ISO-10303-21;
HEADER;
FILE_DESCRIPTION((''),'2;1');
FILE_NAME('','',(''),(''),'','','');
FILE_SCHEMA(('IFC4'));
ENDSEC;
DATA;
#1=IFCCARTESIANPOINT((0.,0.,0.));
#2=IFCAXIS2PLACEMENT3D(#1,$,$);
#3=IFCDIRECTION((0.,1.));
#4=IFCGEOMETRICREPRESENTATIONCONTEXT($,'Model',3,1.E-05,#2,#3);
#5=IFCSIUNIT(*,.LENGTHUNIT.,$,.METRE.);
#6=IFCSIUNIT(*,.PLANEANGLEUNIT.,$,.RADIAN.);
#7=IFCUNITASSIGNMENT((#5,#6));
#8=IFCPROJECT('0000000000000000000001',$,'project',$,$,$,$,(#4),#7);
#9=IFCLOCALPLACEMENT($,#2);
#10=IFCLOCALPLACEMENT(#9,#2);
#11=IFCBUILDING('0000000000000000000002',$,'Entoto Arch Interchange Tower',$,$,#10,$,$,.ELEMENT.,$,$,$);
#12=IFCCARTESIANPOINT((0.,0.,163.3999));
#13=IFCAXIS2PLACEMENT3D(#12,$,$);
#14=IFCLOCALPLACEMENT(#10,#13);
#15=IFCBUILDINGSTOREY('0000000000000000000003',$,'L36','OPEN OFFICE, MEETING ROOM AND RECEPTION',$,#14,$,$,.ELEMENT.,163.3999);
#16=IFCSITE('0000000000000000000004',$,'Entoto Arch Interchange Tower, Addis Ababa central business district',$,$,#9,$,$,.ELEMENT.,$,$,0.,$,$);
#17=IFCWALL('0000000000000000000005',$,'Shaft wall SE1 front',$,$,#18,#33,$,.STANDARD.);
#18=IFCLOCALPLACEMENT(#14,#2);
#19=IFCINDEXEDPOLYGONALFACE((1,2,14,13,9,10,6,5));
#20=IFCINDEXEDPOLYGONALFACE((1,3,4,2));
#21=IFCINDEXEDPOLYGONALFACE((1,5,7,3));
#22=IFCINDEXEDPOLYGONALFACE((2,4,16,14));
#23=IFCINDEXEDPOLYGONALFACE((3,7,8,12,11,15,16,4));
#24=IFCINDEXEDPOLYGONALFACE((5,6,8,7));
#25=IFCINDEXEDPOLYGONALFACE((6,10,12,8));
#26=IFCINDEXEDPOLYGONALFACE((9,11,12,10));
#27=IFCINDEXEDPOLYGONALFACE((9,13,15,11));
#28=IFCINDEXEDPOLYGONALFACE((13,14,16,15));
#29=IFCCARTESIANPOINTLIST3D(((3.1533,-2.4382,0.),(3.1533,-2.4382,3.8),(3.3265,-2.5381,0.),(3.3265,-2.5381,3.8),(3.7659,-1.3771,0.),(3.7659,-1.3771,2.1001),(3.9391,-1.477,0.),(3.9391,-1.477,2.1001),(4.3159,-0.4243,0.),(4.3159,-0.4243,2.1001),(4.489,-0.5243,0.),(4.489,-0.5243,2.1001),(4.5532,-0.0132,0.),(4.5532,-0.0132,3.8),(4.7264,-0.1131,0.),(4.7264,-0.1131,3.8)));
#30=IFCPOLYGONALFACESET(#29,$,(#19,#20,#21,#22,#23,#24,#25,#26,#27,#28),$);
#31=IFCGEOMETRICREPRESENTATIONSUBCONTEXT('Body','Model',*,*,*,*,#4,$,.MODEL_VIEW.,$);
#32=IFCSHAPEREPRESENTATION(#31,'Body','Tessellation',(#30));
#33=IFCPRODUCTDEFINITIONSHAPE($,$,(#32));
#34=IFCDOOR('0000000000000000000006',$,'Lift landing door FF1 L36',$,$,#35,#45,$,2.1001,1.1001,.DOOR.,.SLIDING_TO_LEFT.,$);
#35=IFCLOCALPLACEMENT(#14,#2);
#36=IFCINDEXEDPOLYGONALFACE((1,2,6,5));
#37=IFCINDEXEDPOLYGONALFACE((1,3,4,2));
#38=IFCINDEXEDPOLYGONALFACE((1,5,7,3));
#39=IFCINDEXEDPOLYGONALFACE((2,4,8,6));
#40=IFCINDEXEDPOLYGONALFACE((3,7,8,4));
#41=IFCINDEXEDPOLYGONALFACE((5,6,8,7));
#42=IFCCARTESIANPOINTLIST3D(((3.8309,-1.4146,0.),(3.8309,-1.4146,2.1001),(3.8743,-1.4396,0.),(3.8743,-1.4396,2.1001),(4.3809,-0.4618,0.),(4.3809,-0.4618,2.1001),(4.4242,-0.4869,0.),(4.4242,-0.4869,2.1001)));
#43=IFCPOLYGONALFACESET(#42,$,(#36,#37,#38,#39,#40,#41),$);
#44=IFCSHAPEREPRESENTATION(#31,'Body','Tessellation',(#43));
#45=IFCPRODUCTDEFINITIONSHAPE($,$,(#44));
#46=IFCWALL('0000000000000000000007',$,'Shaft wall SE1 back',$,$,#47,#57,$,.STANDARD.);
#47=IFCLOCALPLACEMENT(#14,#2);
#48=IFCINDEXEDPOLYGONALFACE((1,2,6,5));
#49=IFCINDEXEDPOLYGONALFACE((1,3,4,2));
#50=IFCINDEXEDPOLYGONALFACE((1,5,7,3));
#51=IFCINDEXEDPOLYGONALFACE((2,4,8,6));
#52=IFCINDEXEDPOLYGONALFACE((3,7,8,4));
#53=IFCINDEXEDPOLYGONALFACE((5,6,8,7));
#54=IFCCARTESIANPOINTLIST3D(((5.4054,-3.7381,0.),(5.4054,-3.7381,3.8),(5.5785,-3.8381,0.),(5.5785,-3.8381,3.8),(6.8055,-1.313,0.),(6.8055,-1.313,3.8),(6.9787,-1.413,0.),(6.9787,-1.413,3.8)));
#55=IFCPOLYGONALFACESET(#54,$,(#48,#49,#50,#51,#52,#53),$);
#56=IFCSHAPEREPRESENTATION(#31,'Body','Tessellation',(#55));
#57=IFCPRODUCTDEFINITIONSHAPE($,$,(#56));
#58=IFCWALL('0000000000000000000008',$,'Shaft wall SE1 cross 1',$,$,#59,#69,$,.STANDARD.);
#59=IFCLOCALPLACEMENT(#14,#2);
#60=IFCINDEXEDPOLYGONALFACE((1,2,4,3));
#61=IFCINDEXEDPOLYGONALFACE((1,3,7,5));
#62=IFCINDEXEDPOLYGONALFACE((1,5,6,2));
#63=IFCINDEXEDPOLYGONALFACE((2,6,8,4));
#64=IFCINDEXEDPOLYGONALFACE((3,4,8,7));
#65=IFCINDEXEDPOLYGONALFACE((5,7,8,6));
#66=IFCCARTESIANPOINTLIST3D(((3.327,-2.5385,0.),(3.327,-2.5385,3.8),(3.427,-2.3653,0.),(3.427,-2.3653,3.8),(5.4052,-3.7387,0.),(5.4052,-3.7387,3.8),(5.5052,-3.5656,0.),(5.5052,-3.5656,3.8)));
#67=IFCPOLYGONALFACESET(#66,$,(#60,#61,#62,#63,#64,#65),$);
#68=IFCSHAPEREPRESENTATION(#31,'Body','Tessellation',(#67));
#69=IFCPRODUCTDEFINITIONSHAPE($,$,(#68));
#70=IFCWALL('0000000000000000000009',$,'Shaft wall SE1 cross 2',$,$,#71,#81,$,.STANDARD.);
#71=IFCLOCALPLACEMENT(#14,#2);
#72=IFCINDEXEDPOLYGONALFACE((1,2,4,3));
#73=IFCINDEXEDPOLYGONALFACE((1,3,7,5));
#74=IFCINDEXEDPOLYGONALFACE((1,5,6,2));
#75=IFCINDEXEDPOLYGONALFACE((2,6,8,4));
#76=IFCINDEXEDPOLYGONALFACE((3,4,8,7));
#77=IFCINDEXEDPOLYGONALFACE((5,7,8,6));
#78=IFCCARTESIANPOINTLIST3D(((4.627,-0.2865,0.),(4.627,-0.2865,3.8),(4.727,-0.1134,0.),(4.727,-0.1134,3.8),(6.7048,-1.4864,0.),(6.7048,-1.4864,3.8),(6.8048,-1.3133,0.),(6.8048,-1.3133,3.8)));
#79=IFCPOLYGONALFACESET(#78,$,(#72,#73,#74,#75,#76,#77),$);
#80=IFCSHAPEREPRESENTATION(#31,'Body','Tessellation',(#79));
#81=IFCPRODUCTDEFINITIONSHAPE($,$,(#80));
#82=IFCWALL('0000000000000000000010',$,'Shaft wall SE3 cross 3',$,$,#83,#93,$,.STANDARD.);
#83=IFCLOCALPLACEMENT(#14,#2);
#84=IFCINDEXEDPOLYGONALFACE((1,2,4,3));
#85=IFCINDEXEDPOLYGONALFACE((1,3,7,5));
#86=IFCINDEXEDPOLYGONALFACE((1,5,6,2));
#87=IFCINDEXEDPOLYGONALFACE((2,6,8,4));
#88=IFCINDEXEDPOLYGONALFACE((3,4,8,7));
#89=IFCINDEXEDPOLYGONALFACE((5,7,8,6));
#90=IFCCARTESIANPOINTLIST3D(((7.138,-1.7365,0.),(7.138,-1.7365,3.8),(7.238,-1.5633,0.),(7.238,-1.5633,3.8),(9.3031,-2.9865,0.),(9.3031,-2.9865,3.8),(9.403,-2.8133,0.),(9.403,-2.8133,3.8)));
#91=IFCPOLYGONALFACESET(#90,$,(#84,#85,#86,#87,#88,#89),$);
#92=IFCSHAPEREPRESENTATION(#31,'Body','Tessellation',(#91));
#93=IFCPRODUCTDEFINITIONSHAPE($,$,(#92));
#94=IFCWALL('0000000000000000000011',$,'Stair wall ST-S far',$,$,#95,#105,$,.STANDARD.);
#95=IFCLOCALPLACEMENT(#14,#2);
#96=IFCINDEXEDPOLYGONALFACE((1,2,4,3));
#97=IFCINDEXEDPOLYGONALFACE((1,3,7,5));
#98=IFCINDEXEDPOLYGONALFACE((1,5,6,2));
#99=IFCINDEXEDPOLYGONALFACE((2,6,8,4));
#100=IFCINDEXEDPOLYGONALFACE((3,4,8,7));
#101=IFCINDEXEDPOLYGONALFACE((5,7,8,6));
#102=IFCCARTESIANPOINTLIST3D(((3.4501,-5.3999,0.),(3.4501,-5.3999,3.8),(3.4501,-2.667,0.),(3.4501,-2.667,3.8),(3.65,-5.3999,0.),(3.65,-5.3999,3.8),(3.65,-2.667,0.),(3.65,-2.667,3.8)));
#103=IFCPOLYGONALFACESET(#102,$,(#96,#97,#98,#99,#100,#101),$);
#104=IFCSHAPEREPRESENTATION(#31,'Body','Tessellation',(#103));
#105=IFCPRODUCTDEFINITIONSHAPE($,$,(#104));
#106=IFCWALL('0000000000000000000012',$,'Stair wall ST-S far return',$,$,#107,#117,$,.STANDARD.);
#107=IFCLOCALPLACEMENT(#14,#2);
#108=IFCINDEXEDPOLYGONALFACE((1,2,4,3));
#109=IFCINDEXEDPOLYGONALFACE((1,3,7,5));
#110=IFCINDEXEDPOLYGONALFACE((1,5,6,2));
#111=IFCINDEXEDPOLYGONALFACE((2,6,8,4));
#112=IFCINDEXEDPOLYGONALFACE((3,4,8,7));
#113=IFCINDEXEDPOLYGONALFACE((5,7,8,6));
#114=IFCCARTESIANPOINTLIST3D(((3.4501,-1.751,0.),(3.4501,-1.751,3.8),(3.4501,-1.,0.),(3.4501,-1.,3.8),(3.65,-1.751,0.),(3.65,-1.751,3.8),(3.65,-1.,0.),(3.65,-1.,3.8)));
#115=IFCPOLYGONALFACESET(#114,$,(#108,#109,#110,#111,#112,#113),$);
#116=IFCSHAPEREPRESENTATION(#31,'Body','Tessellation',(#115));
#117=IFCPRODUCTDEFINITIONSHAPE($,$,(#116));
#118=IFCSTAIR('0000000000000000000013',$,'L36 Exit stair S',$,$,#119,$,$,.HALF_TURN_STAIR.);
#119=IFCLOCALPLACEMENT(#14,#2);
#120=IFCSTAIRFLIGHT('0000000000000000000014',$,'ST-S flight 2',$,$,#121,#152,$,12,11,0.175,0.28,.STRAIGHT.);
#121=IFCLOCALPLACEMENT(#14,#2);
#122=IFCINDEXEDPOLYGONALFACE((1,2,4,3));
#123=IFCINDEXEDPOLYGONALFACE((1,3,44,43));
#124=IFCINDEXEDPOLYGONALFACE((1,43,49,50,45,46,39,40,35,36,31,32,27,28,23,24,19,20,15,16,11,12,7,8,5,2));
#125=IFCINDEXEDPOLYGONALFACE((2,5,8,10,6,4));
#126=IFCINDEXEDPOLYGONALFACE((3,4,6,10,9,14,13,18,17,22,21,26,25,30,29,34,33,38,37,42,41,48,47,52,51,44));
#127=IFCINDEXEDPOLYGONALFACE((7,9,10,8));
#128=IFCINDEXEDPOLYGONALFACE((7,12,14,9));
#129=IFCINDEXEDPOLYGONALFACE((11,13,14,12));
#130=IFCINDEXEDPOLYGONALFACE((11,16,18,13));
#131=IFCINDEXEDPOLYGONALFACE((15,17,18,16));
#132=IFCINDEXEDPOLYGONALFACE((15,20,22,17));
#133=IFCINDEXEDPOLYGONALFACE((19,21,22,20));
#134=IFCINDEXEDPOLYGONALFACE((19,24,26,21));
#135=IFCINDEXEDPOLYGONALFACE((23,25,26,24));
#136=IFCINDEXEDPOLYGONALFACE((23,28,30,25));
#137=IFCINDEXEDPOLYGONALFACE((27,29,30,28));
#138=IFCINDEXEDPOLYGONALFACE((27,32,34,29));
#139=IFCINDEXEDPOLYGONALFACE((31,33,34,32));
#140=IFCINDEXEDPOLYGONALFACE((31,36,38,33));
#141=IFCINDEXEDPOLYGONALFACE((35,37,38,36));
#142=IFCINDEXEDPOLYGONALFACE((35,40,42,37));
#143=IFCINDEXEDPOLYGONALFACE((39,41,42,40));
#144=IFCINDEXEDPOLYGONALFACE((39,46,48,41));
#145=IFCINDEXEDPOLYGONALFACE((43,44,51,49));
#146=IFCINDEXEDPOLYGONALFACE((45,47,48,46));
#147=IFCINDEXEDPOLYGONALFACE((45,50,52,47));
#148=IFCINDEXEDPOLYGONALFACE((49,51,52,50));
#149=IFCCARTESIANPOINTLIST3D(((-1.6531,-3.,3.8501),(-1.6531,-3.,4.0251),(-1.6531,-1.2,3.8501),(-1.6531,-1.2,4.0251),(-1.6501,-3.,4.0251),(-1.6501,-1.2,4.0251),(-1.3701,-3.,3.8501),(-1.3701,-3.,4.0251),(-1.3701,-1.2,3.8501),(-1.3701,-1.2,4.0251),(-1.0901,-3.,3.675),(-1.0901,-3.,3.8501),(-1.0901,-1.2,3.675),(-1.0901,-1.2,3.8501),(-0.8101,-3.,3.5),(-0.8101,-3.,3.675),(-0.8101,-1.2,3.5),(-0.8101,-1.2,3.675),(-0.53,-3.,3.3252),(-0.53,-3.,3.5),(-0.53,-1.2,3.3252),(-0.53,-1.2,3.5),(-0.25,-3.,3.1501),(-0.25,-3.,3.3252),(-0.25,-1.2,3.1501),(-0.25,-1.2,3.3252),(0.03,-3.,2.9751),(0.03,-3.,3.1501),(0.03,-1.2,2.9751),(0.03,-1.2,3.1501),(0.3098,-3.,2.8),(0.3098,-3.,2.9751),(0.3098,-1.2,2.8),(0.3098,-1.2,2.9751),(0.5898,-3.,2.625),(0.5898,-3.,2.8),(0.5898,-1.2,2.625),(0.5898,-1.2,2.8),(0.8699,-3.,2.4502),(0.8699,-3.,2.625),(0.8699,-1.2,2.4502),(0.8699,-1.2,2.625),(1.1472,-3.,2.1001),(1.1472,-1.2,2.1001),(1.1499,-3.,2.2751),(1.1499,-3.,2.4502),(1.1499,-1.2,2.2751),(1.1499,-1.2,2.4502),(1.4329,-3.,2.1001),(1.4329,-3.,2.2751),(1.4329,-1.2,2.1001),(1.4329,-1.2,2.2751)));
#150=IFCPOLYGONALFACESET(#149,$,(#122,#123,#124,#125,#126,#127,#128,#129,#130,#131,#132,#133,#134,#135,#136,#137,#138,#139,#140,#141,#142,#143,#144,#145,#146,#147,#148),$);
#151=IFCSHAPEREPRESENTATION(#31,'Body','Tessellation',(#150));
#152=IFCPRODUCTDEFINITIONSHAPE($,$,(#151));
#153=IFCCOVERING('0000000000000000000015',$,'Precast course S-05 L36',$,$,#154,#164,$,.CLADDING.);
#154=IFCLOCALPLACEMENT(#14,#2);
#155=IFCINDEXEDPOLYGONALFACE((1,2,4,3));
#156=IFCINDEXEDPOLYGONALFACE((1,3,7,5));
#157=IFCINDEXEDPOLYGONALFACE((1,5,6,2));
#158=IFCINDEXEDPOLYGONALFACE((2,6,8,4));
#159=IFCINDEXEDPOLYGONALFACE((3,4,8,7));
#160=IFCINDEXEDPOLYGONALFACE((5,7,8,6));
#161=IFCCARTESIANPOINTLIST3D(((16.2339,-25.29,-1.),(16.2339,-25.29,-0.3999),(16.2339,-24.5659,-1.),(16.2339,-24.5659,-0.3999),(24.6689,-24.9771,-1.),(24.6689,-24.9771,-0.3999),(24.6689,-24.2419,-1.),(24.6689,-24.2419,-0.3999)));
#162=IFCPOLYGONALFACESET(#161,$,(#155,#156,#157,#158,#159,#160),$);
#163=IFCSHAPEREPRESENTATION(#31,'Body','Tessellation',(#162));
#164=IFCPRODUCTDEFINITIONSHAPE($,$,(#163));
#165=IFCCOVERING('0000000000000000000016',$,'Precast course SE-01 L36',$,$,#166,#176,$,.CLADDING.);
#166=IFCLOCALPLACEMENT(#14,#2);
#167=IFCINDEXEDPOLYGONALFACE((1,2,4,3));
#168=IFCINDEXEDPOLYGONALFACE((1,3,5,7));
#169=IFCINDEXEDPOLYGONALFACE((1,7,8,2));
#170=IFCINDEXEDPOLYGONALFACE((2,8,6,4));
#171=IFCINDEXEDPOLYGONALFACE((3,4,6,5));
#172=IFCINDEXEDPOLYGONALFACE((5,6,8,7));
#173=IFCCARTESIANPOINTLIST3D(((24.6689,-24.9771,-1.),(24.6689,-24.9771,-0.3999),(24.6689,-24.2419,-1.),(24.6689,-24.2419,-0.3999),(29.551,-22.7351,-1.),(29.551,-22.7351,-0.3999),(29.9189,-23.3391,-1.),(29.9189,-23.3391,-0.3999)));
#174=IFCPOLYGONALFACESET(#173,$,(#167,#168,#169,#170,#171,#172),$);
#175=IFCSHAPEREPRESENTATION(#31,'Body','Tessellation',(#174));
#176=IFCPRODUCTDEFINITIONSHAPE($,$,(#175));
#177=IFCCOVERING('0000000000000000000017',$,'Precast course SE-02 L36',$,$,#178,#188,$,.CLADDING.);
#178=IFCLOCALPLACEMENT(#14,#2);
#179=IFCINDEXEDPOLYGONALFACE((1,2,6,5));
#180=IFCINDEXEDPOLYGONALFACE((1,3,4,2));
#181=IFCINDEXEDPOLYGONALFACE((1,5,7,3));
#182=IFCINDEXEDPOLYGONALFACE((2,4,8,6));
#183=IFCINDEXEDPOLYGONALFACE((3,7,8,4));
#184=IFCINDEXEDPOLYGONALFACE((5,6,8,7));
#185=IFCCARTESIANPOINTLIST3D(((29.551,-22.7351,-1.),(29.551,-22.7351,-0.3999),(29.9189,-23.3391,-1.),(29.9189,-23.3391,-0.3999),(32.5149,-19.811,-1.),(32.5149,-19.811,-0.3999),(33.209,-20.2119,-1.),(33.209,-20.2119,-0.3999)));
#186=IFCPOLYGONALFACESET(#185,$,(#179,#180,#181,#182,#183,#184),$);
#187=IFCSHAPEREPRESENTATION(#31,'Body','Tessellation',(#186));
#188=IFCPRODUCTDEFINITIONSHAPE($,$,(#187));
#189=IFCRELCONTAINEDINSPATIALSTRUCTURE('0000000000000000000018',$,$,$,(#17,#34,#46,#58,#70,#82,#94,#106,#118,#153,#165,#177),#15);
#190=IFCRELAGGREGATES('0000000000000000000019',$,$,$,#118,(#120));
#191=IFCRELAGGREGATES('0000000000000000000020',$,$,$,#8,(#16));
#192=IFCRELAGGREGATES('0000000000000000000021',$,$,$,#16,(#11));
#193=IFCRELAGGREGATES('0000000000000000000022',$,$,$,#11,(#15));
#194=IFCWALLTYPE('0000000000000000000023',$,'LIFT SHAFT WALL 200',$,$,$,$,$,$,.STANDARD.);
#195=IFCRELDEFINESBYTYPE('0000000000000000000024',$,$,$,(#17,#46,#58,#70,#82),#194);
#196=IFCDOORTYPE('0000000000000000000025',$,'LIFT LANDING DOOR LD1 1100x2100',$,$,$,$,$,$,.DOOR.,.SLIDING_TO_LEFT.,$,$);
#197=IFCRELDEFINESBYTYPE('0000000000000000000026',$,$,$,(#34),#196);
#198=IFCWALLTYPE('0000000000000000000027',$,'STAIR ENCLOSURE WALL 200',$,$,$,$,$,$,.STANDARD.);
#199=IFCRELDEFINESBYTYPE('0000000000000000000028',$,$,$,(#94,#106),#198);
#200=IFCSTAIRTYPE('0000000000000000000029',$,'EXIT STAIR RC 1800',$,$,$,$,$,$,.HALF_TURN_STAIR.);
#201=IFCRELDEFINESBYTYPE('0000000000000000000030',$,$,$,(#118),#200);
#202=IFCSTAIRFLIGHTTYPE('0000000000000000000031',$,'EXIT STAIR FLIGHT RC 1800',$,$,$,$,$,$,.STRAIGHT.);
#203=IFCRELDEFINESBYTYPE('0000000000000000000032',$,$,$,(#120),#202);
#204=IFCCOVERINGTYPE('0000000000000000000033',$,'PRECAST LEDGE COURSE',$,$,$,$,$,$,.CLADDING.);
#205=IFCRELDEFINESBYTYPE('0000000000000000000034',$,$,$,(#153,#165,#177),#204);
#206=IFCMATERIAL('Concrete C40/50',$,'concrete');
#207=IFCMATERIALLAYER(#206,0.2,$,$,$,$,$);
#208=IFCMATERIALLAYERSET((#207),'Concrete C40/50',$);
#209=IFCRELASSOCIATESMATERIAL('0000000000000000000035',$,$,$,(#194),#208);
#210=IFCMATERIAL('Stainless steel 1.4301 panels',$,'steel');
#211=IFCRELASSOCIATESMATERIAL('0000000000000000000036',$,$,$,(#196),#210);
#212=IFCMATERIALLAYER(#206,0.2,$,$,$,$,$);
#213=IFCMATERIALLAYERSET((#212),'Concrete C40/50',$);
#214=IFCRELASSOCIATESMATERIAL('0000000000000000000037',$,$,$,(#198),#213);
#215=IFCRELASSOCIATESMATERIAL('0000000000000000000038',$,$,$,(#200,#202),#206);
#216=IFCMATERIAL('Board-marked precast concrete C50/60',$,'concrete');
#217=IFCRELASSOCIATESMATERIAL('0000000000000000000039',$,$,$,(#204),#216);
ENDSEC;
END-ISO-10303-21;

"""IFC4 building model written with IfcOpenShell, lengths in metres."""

from ifc_helpers import new_model, si_unit, direction, frame, frame_2d, origin, place, context, subcontext, project, spatial, polyline, rectangle, outline, extrude, material, layer, layer_set, type_object, element, fill, aggregate, save


model = new_model("IFC4")

# Units and contexts
model_context = context("Model", 3, precision=1e-05, world=origin(), true_north=direction((0.0, 1.0)))
body_context = subcontext(model_context, "Body", "Model", "MODEL_VIEW")
ifc_project = project(units=[si_unit("LENGTHUNIT", "METRE"), si_unit("PLANEANGLEUNIT", "RADIAN")], contexts=[model_context])

# Site, building, storey
site_placement = place(None, origin())
site = spatial("IfcSite", under=ifc_project, at=site_placement, Name="Entoto Arch Interchange Tower, Addis Ababa central business district", CompositionType="ELEMENT", RefElevation=0.0)
building_placement = place(site_placement, origin())
building = spatial("IfcBuilding", under=site, at=building_placement, Name="Entoto Arch Interchange Tower", CompositionType="ELEMENT")
storey_placement = place(building_placement, frame((0.0, 0.0, 163.3999)))
storey = spatial("IfcBuildingStorey", under=building, at=storey_placement, Name="L36", Description="OPEN OFFICE, MEETING ROOM AND RECEPTION", CompositionType="ELEMENT", Elevation=163.3999)

# Wall, opening, door
ifc_material_1 = material(Name="Concrete C40/50", Category="concrete")
ifc_layer_1 = layer(ifc_material_1, 0.2)
ifc_layer_set_1 = layer_set([ifc_layer_1], Name="Concrete C40/50")
wall_type_1 = type_object("IfcWallType", Name="LIFT SHAFT WALL 200", PredefinedType="STANDARD", material=ifc_layer_set_1)
wall_1_placement = place(storey_placement, frame((3.24, -2.488, 0.0), z_axis=(0.0, 0.0, 1.0), x_axis=(0.499946, 0.866056, 0.0)))
wall_1 = element("IfcWall", 1, at=wall_1_placement, inside=storey, type_object=wall_type_1, Name="Shaft wall SE1 front", PredefinedType="STANDARD", context=body_context, shape_type="SweptSolid", body=[
    extrude(rectangle(XDim=2.8, YDim=0.2, at=frame_2d((1.3999, 0.0))), origin(), (0.0, 0.0, 1.0), 3.8),
])
opening_placement = place(wall_1_placement, frame((1.2251, 0.0, 0.0)))
opening = element("IfcOpeningElement", 2, at=opening_placement, cuts=wall_1, PredefinedType="OPENING", context=body_context, shape_type="SweptSolid", body=[
    extrude(rectangle(XDim=1.1001, YDim=2.1001, at=frame_2d((0.55, 1.05))), frame((0.0, 0.1099, 0.0), z_axis=(0.0, -1.0, 0.0), x_axis=(1.0, 0.0, 0.0)), (0.0, 0.0, 1.0), 0.22),
])
ifc_material_2 = material(Name="Stainless steel 1.4301 panels", Category="steel")
door_type = type_object("IfcDoorType", Name="LIFT LANDING DOOR LD1 1100x2100", OperationType="SLIDING_TO_LEFT", PredefinedType="DOOR", material=ifc_material_2)
door_placement = place(opening_placement, origin())
door = element("IfcDoor", 3, at=door_placement, inside=storey, type_object=door_type, Name="Lift landing door FF1 L36", OperationType="SLIDING_TO_LEFT", OverallHeight=2.1001, OverallWidth=1.1001, PredefinedType="DOOR", context=body_context, shape_type="SweptSolid", body=[
    extrude(rectangle(XDim=1.1001, YDim=2.1001, at=frame_2d((0.55, 1.05))), frame((0.0, 0.0249, 0.0), z_axis=(0.0, -1.0, 0.0), x_axis=(1.0, 0.0, 0.0)), (0.0, 0.0, 1.0), 0.05),
])
fill(opening, door)

# Walls
wall_2_placement = place(storey_placement, frame((5.4919, -3.7881, 0.0), z_axis=(0.0, 0.0, 1.0), x_axis=(0.500012, 0.866019, 0.0)))
element("IfcWall", 4, at=wall_2_placement, inside=storey, type_object=wall_type_1, Name="Shaft wall SE1 back", PredefinedType="STANDARD", context=body_context, shape_type="SweptSolid", body=[
    extrude(rectangle(XDim=2.8003, YDim=0.2, at=frame_2d((1.4001, 0.0))), origin(), (0.0, 0.0, 1.0), 3.8),
])
wall_3_placement = place(storey_placement, frame((3.377, -2.4519, 0.0), z_axis=(0.0, 0.0, 1.0), x_axis=(0.865955, -0.500122, 0.0)))
element("IfcWall", 5, at=wall_3_placement, inside=storey, type_object=wall_type_1, Name="Shaft wall SE1 cross 1", PredefinedType="STANDARD", context=body_context, shape_type="SweptSolid", body=[
    extrude(rectangle(XDim=2.3999, YDim=0.2, at=frame_2d((1.2, 0.0))), origin(), (0.0, 0.0, 1.0), 3.8),
])
wall_4_placement = place(storey_placement, frame((4.677, -0.2, 0.0), z_axis=(0.0, 0.0, 1.0), x_axis=(0.865974, -0.500089, 0.0)))
element("IfcWall", 6, at=wall_4_placement, inside=storey, type_object=wall_type_1, Name="Shaft wall SE1 cross 2", PredefinedType="STANDARD", context=body_context, shape_type="SweptSolid", body=[
    extrude(rectangle(XDim=2.3994, YDim=0.2, at=frame_2d((1.1997, 0.0))), origin(), (0.0, 0.0, 1.0), 3.8),
])
wall_5_placement = place(storey_placement, frame((7.188, -1.6499, 0.0), z_axis=(0.0, 0.0, 1.0), x_axis=(0.866023, -0.500004, 0.0)))
element("IfcWall", 7, at=wall_5_placement, inside=storey, type_object=wall_type_1, Name="Shaft wall SE3 cross 3", PredefinedType="STANDARD", context=body_context, shape_type="SweptSolid", body=[
    extrude(rectangle(XDim=2.5, YDim=0.2, at=frame_2d((1.25, 0.0))), origin(), (0.0, 0.0, 1.0), 3.8),
])
ifc_layer_2 = layer(ifc_material_1, 0.2)
ifc_layer_set_2 = layer_set([ifc_layer_2], Name="Concrete C40/50")
wall_type_2 = type_object("IfcWallType", Name="STAIR ENCLOSURE WALL 200", PredefinedType="STANDARD", material=ifc_layer_set_2)
wall_6_placement = place(storey_placement, frame((3.55, -2.667, 0.0), z_axis=(0.0, 0.0, 1.0), x_axis=(0.0, -1.0, 0.0)))
element("IfcWall", 8, at=wall_6_placement, inside=storey, type_object=wall_type_2, Name="Stair wall ST-S far", PredefinedType="STANDARD", context=body_context, shape_type="SweptSolid", body=[
    extrude(rectangle(XDim=2.7329, YDim=0.2, at=frame_2d((1.3665, 0.0))), origin(), (0.0, 0.0, 1.0), 3.8),
])
wall_7_placement = place(storey_placement, frame((3.55, -1.0, 0.0), z_axis=(0.0, 0.0, 1.0), x_axis=(0.0, -1.0, 0.0)))
element("IfcWall", 9, at=wall_7_placement, inside=storey, type_object=wall_type_2, Name="Stair wall ST-S far return", PredefinedType="STANDARD", context=body_context, shape_type="SweptSolid", body=[
    extrude(rectangle(XDim=0.751, YDim=0.2, at=frame_2d((0.3755, 0.0))), origin(), (0.0, 0.0, 1.0), 3.8),
])

# Stair, stair flight
stair_type = type_object("IfcStairType", Name="EXIT STAIR RC 1800", PredefinedType="HALF_TURN_STAIR", material=ifc_material_1)
stair_placement = place(storey_placement, origin())
stair = element("IfcStair", 10, at=stair_placement, inside=storey, type_object=stair_type, Name="L36 Exit stair S", PredefinedType="HALF_TURN_STAIR")
stair_flight_type = type_object("IfcStairFlightType", Name="EXIT STAIR FLIGHT RC 1800", PredefinedType="STRAIGHT", material=ifc_material_1)
stair_flight_placement = place(storey_placement, frame((1.4299, -2.1001, 2.1001), z_axis=(0.0, 0.0, 1.0), x_axis=(-1.0, 0.0, 0.0)))
stair_flight = element("IfcStairFlight", 11, at=stair_flight_placement, type_object=stair_flight_type, Name="ST-S flight 2", NumberOfRisers=12, NumberOfTreads=11, PredefinedType="STRAIGHT", RiserHeight=0.175, TreadLength=0.28, context=body_context, shape_type="SweptSolid", body=[
    extrude(outline(polyline([(-0.0029, 0.0), (-0.0029, 0.175), (0.28, 0.175), (0.28, 0.3501), (0.5601, 0.3501), (0.5601, 0.5249), (0.8401, 0.5249), (0.8401, 0.7), (1.1201, 0.7), (1.1201, 0.875), (1.3999, 0.875), (1.3999, 1.05), (1.6799, 1.05), (1.6799, 1.2251), (1.96, 1.2251), (1.96, 1.3999), (2.24, 1.3999), (2.24, 1.575), (2.52, 1.575), (2.52, 1.75), (2.8, 1.75), (2.8, 1.925), (3.0801, 1.925), (3.083, 1.925), (3.083, 1.75), (0.2827, 0.0), (-0.0029, 0.0)])), frame((0.0, 0.8999, 0.0), z_axis=(0.0, -1.0, 0.0), x_axis=(1.0, 0.0, 0.0)), (0.0, 0.0, 1.0), 1.8),
])
aggregate(stair, [stair_flight])

# Coverings
ifc_material_3 = material(Name="Board-marked precast concrete C50/60", Category="concrete")
covering_type = type_object("IfcCoveringType", Name="PRECAST LEDGE COURSE", PredefinedType="CLADDING", material=ifc_material_3)
covering_1_placement = place(storey_placement, frame((0.0, 0.0, -1.0)))
element("IfcCovering", 12, at=covering_1_placement, inside=storey, type_object=covering_type, Name="Precast course S-05 L36", PredefinedType="CLADDING", context=body_context, shape_type="SweptSolid", body=[
    extrude(outline(polyline([(24.6689, -24.2419), (24.6689, -24.9771), (16.2339, -25.29), (16.2339, -24.5659), (24.6689, -24.2419)])), origin(), (0.0, 0.0, 1.0), 0.6001),
])
covering_2_placement = place(storey_placement, frame((0.0, 0.0, -1.0)))
element("IfcCovering", 13, at=covering_2_placement, inside=storey, type_object=covering_type, Name="Precast course SE-01 L36", PredefinedType="CLADDING", context=body_context, shape_type="SweptSolid", body=[
    extrude(outline(polyline([(29.551, -22.7351), (29.9189, -23.3391), (24.6689, -24.9771), (24.6689, -24.2419), (29.551, -22.7351)])), origin(), (0.0, 0.0, 1.0), 0.6001),
])
covering_3_placement = place(storey_placement, frame((0.0, 0.0, -1.0)))
element("IfcCovering", 14, at=covering_3_placement, inside=storey, type_object=covering_type, Name="Precast course SE-02 L36", PredefinedType="CLADDING", context=body_context, shape_type="SweptSolid", body=[
    extrude(outline(polyline([(32.5149, -19.811), (33.209, -20.2119), (29.9189, -23.3391), (29.551, -22.7351), (32.5149, -19.811)])), origin(), (0.0, 0.0, 1.0), 0.6001),
])

save(model, "model.ifc")
